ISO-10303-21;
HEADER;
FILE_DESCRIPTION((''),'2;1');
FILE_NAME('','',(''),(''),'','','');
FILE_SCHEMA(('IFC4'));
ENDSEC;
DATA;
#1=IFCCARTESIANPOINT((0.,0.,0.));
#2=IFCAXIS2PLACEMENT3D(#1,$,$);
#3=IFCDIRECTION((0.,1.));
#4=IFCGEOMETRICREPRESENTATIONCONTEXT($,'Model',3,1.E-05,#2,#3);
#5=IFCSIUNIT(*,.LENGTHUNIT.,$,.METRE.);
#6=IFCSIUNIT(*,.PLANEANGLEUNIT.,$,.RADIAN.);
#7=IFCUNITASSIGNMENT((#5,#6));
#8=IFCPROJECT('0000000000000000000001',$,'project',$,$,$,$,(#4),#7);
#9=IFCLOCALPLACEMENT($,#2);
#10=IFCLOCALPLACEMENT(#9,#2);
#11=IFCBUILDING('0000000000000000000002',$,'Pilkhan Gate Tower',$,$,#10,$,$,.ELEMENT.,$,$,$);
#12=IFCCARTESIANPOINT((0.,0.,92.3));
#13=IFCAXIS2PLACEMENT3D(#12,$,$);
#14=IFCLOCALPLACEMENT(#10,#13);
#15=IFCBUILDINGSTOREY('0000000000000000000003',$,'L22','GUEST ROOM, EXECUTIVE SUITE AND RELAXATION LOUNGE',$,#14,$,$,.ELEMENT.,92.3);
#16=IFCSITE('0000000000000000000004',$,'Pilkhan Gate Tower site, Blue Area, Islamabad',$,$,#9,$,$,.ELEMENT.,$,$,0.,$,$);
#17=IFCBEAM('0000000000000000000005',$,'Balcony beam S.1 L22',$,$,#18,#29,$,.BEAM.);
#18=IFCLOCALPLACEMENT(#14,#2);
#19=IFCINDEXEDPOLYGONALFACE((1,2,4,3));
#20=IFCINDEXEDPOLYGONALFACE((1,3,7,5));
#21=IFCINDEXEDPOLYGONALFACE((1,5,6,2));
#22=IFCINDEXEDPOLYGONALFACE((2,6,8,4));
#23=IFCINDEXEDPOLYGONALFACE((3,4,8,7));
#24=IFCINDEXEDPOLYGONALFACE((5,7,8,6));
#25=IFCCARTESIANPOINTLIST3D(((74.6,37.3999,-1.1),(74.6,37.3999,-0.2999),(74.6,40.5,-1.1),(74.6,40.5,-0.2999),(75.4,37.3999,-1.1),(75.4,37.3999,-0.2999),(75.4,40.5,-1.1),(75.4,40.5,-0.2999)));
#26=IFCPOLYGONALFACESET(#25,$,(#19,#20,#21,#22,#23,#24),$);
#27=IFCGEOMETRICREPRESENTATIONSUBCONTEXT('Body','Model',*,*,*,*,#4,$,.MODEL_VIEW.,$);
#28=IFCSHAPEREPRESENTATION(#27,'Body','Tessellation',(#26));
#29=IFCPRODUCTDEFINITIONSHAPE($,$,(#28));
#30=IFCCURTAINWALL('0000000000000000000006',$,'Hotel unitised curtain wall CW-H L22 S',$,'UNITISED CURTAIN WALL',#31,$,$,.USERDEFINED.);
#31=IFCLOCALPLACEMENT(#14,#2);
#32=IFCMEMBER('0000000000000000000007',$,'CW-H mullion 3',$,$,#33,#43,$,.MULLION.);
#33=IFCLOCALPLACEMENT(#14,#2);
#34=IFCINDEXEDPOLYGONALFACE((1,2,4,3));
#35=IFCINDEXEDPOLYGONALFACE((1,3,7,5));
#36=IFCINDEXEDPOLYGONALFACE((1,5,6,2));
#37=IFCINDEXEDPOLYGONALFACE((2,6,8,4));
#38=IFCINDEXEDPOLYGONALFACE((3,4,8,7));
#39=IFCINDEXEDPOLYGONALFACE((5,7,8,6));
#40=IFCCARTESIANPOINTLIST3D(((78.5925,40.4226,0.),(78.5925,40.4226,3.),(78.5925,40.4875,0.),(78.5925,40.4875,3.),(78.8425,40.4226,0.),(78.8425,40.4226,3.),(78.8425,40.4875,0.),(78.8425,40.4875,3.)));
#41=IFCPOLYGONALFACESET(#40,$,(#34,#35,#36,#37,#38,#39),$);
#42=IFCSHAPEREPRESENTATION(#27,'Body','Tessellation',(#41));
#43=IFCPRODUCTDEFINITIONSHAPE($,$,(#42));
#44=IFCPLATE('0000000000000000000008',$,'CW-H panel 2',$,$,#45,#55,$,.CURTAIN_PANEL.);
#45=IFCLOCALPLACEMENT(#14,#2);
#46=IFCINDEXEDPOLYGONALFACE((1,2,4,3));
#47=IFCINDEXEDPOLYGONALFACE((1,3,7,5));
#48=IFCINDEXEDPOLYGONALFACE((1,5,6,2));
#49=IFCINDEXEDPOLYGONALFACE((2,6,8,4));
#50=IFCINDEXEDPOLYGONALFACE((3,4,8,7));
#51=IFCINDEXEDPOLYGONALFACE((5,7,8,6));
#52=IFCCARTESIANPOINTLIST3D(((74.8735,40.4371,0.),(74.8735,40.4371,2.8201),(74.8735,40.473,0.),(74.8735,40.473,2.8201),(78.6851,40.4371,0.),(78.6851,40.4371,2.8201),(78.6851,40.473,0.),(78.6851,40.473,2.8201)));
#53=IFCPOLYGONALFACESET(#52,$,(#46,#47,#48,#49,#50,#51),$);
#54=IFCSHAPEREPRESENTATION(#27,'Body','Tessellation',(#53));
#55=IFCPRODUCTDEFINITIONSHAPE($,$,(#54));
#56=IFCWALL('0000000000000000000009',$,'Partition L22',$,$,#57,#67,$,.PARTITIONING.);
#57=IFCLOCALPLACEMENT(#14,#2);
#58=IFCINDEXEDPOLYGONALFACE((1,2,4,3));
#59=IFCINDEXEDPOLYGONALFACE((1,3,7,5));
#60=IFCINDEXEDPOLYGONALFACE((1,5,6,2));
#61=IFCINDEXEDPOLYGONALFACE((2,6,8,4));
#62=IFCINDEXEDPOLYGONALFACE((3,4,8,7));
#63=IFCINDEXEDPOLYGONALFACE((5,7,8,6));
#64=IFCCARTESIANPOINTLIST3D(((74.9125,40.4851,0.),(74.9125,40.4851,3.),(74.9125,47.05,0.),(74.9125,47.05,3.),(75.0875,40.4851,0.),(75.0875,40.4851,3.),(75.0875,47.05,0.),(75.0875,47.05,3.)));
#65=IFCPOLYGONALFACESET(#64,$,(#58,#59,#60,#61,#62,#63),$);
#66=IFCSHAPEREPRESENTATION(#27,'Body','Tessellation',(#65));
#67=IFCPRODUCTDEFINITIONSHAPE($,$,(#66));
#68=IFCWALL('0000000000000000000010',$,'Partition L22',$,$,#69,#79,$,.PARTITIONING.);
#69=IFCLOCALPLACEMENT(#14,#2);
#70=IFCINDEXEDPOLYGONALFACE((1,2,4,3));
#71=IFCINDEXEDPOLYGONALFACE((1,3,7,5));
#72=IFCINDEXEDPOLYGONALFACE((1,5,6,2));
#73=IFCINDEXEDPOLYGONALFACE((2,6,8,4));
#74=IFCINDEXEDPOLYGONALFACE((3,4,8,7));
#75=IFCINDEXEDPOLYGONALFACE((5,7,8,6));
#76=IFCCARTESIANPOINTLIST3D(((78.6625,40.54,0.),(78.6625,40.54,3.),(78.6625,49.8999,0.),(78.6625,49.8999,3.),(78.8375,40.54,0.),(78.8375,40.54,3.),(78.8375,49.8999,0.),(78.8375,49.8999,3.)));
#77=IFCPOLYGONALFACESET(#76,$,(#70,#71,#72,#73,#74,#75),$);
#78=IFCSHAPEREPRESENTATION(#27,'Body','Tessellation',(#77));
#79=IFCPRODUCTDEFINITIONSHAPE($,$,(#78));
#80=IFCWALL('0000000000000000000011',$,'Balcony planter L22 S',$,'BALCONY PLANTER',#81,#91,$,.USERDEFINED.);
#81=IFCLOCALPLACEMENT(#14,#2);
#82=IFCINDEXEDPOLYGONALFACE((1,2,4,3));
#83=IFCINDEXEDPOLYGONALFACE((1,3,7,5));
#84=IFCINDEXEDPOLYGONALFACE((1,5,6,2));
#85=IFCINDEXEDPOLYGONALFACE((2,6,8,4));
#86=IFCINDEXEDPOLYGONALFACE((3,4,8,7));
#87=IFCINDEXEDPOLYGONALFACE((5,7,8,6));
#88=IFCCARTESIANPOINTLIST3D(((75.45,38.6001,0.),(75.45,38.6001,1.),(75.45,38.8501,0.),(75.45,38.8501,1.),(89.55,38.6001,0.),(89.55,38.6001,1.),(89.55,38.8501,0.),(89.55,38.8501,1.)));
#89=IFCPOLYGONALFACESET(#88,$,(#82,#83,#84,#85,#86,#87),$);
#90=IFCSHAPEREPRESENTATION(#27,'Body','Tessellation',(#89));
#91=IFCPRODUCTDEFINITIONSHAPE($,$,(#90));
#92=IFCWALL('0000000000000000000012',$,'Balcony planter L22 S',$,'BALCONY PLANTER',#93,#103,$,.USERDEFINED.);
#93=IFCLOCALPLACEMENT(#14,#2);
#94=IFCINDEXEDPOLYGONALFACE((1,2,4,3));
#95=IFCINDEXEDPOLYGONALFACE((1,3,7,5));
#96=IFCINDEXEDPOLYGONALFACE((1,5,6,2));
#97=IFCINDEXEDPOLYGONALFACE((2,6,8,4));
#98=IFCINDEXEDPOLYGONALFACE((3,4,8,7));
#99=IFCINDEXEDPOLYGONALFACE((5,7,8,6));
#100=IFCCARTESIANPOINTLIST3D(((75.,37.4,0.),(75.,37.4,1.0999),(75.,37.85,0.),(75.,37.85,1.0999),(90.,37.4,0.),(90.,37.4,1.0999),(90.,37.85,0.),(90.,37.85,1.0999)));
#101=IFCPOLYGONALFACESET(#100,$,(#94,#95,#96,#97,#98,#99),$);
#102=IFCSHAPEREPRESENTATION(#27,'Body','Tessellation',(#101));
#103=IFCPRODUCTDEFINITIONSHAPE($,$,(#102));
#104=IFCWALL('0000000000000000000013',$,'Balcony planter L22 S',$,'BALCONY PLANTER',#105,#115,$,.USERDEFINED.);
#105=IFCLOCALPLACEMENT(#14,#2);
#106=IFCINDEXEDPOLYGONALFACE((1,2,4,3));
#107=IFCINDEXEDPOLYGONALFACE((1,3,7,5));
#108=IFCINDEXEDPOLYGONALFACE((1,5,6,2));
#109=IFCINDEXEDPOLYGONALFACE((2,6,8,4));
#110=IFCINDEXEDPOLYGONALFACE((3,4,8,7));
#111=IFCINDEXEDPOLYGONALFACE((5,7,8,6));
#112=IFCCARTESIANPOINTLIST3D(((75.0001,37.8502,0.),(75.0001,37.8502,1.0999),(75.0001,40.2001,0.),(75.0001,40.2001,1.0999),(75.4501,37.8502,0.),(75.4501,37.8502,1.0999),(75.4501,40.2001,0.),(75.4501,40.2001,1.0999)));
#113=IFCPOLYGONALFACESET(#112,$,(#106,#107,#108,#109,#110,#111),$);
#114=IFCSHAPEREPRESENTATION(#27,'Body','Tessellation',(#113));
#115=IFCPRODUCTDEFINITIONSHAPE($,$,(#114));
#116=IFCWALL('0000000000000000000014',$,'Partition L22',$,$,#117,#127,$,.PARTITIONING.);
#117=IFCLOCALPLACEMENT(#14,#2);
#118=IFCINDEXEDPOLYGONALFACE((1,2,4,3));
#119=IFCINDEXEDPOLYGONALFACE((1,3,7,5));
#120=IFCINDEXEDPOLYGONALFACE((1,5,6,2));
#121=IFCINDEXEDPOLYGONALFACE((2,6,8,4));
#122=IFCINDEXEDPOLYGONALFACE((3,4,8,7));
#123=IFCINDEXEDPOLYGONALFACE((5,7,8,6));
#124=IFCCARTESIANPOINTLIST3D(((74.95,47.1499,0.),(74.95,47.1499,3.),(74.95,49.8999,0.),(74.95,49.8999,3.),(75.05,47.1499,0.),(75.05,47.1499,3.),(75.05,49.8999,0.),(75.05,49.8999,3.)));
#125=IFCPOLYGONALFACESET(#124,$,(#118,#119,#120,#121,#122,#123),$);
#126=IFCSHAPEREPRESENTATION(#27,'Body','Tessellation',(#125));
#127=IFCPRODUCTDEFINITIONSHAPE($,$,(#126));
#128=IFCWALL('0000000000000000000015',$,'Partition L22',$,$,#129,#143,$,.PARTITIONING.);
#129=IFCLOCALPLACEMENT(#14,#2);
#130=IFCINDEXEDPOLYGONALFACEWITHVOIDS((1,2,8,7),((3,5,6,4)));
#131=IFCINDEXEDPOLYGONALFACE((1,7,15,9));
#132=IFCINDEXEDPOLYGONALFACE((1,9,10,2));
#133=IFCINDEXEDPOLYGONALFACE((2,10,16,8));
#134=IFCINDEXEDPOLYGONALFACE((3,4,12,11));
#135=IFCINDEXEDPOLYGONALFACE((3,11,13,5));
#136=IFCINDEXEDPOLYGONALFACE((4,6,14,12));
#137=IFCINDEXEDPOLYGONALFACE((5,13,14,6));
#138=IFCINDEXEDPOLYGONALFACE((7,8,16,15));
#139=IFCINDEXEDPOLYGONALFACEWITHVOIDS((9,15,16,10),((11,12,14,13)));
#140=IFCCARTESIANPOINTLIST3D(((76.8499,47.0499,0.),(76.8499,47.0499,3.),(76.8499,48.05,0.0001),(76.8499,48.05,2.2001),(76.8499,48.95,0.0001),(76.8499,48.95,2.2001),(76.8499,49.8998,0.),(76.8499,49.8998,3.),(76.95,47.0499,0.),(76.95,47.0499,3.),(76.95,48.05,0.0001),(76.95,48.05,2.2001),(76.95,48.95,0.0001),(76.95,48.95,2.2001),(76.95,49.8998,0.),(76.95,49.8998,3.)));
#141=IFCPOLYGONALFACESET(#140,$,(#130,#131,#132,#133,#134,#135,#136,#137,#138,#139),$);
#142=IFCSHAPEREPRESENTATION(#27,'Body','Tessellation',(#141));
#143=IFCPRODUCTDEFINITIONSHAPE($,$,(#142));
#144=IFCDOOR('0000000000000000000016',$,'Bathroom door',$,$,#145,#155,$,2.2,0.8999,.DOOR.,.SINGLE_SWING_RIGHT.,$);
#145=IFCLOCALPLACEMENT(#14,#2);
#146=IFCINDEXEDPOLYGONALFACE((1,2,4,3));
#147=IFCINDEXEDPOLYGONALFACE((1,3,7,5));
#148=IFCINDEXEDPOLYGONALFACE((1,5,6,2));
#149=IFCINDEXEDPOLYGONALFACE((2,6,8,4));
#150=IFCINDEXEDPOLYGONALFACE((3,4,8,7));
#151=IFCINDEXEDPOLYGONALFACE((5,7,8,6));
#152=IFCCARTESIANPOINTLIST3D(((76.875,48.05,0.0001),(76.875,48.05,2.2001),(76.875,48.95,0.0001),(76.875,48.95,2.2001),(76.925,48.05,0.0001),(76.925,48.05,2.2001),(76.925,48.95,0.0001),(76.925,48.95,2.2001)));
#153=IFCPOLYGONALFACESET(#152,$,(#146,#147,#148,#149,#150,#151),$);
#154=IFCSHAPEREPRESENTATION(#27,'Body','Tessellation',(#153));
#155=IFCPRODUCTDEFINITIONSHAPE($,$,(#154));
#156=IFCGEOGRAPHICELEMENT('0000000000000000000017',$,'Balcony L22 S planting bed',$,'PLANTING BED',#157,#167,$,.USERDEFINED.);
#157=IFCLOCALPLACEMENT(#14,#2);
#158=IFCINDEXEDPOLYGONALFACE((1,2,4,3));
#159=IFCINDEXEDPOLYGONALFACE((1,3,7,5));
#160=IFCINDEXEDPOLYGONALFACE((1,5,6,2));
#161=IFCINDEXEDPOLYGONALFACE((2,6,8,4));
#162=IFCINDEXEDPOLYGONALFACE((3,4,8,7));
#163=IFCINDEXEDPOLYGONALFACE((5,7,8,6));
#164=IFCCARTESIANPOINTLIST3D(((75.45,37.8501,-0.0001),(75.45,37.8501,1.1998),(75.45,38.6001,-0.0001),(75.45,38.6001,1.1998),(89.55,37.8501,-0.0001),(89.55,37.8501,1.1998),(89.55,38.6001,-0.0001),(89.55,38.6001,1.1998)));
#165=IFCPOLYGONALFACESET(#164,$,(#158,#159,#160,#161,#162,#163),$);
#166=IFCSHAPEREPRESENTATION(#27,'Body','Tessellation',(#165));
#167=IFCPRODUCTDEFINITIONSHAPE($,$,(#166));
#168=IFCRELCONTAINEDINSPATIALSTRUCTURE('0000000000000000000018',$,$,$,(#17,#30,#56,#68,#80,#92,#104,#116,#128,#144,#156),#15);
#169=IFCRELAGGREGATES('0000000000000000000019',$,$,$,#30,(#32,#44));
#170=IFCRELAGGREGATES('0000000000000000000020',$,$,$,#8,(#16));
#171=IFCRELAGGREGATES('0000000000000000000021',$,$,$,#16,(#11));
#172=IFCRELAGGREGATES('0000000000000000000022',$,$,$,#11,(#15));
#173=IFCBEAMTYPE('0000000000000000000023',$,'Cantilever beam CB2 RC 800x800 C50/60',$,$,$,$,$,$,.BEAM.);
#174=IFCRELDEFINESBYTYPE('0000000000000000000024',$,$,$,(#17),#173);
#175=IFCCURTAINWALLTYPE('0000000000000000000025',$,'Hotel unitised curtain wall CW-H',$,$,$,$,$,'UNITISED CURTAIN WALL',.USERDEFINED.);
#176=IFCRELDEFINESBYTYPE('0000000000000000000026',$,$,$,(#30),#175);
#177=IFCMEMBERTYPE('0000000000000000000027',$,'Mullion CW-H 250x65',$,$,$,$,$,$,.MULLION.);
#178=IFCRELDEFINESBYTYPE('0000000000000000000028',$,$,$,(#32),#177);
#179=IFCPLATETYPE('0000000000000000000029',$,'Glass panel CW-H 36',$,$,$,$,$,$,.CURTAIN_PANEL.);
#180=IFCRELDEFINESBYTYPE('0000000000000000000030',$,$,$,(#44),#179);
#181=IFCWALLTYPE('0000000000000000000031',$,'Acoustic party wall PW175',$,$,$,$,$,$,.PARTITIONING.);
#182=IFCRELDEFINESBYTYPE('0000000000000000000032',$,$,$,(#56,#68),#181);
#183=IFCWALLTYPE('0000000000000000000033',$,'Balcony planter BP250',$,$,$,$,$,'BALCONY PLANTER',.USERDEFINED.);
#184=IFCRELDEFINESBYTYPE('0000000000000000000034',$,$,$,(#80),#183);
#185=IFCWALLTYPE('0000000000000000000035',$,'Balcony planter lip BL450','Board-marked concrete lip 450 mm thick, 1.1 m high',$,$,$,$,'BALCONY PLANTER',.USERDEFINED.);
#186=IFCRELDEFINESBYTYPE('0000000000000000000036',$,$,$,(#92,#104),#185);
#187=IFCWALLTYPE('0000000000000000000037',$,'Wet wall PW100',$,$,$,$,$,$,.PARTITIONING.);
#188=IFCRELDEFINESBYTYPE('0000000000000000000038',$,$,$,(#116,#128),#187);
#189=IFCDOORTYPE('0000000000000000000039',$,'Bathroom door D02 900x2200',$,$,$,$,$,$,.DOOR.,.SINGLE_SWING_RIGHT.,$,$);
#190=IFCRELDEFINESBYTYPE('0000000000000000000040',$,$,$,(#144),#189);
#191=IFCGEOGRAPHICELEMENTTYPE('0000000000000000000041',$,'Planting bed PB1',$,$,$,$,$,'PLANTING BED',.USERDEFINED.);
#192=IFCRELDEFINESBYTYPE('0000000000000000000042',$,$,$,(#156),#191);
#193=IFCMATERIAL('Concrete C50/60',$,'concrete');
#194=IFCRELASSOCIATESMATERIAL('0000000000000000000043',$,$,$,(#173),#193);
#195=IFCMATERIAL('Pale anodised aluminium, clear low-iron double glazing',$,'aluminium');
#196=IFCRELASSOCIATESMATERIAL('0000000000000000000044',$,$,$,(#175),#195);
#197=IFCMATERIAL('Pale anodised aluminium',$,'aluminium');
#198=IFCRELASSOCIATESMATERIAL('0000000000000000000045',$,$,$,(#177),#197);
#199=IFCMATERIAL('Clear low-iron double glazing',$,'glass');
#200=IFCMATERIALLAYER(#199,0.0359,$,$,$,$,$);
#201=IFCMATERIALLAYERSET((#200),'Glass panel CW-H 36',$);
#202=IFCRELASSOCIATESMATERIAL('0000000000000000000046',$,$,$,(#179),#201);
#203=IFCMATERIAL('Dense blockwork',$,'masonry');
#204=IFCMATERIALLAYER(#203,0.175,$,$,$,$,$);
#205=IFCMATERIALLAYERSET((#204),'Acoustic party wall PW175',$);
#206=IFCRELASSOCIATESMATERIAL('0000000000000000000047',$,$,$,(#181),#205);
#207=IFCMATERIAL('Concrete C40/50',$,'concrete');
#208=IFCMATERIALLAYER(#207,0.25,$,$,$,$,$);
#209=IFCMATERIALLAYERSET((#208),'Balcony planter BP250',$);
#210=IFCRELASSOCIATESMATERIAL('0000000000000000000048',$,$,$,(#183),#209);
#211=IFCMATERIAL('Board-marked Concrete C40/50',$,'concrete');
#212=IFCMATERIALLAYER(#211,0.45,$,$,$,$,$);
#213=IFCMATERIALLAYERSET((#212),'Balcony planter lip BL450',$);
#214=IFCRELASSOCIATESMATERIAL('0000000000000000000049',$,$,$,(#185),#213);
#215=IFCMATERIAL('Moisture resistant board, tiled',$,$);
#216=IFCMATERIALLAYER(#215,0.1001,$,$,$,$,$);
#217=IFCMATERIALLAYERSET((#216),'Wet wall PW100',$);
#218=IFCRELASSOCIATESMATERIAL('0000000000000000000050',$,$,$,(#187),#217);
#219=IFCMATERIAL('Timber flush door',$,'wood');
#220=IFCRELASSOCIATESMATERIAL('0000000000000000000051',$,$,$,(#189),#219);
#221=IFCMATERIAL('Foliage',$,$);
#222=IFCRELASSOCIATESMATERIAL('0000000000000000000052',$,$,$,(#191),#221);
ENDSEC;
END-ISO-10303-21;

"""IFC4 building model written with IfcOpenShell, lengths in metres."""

from ifc_helpers import new_model, si_unit, direction, frame, frame_2d, origin, origin_2d, place, context, subcontext, project, spatial, rectangle, extrude, material, layer, layer_set, material_profile, profile_set, type_object, element, fill, aggregate, save


model = new_model("IFC4")

# Units and contexts
model_context = context("Model", 3, precision=1e-05, world=origin(), true_north=direction((0.0, 1.0)))
body_context = subcontext(model_context, "Body", "Model", "MODEL_VIEW")
ifc_project = project(units=[si_unit("LENGTHUNIT", "METRE"), si_unit("PLANEANGLEUNIT", "RADIAN")], contexts=[model_context])

# Site, building, storey
site_placement = place(None, origin())
site = spatial("IfcSite", under=ifc_project, at=site_placement, Name="Pilkhan Gate Tower site, Blue Area, Islamabad", CompositionType="ELEMENT", RefElevation=0.0)
building_placement = place(site_placement, origin())
building = spatial("IfcBuilding", under=site, at=building_placement, Name="Pilkhan Gate Tower", CompositionType="ELEMENT")
storey_placement = place(building_placement, frame((0.0, 0.0, 92.3)))
storey = spatial("IfcBuildingStorey", under=building, at=storey_placement, Name="L22", Description="GUEST ROOM, EXECUTIVE SUITE AND RELAXATION LOUNGE", CompositionType="ELEMENT", Elevation=92.3)

# Beam
ifc_material_1 = material(Name="Concrete C50/60", Category="concrete")
ifc_material_profile_1 = material_profile(ifc_material_1, rectangle(XDim=0.8, YDim=0.8, at=origin_2d()), Name="RC 800x800")
ifc_profile_set_1 = profile_set([ifc_material_profile_1], Name="Concrete C50/60")
beam_type = type_object("IfcBeamType", Name="Cantilever beam CB2 RC 800x800 C50/60", PredefinedType="BEAM", material=ifc_profile_set_1)
beam_placement = place(storey_placement, frame((75.0, 40.5, -0.7), z_axis=(0.0, -1.0, 0.0), x_axis=(1.0, 0.0, 0.0)))
element("IfcBeam", 1, at=beam_placement, inside=storey, type_object=beam_type, Name="Balcony beam S.1 L22", PredefinedType="BEAM", context=body_context, shape_type="SweptSolid", body=[
    extrude(rectangle(XDim=0.8, YDim=0.8, at=origin_2d()), origin(), (0.0, 0.0, 1.0), 3.1001),
])

# Curtain wall, member, plate
ifc_material_2 = material(Name="Pale anodised aluminium, clear low-iron double glazing", Category="aluminium")
curtain_wall_type = type_object("IfcCurtainWallType", Name="Hotel unitised curtain wall CW-H", ElementType="UNITISED CURTAIN WALL", PredefinedType="USERDEFINED", material=ifc_material_2)
curtain_wall_placement = place(storey_placement, origin())
curtain_wall = element("IfcCurtainWall", 2, at=curtain_wall_placement, inside=storey, type_object=curtain_wall_type, Name="Hotel unitised curtain wall CW-H L22 S", ObjectType="UNITISED CURTAIN WALL", PredefinedType="USERDEFINED")
ifc_material_3 = material(Name="Pale anodised aluminium", Category="aluminium")
ifc_material_profile_2 = material_profile(ifc_material_3, rectangle(XDim=0.0649, YDim=0.25, at=origin_2d()), Name="Mullion 250x65")
ifc_profile_set_2 = profile_set([ifc_material_profile_2], Name="Pale anodised aluminium")
member_type = type_object("IfcMemberType", Name="Mullion CW-H 250x65", PredefinedType="MULLION", material=ifc_profile_set_2)
member_placement = place(storey_placement, frame((78.7175, 40.4551, 0.0), z_axis=(0.0, 0.0, 1.0), x_axis=(0.0, 1.0, 0.0)))
member = element("IfcMember", 3, at=member_placement, type_object=member_type, Name="CW-H mullion 3", PredefinedType="MULLION", context=body_context, shape_type="SweptSolid", body=[
    extrude(rectangle(XDim=0.0649, YDim=0.25, at=origin_2d()), origin(), (0.0, 0.0, 1.0), 3.0),
])
ifc_material_4 = material(Name="Clear low-iron double glazing", Category="glass")
ifc_layer_1 = layer(ifc_material_4, 0.0359)
ifc_layer_set_1 = layer_set([ifc_layer_1], Name="Glass panel CW-H 36")
plate_type = type_object("IfcPlateType", Name="Glass panel CW-H 36", PredefinedType="CURTAIN_PANEL", material=ifc_layer_set_1)
plate_placement = place(storey_placement, frame((76.7793, 40.4551, 0.0), z_axis=(0.0, 0.0, 1.0), x_axis=(1.0, 0.0, 0.0)))
plate = element("IfcPlate", 4, at=plate_placement, type_object=plate_type, Name="CW-H panel 2", PredefinedType="CURTAIN_PANEL", context=body_context, shape_type="SweptSolid", body=[
    extrude(rectangle(XDim=3.8115, YDim=0.0359, at=origin_2d()), origin(), (0.0, 0.0, 1.0), 2.8201),
])
aggregate(curtain_wall, [member, plate])

# Walls
ifc_material_5 = material(Name="Dense blockwork", Category="masonry")
ifc_layer_2 = layer(ifc_material_5, 0.175)
ifc_layer_set_2 = layer_set([ifc_layer_2], Name="Acoustic party wall PW175")
wall_type_1 = type_object("IfcWallType", Name="Acoustic party wall PW175", PredefinedType="PARTITIONING", material=ifc_layer_set_2)
wall_1_placement = place(storey_placement, frame((75.0, 40.4851, 0.0), z_axis=(0.0, 0.0, 1.0), x_axis=(0.0, 1.0, 0.0)))
element("IfcWall", 5, at=wall_1_placement, inside=storey, type_object=wall_type_1, Name="Partition L22", PredefinedType="PARTITIONING", context=body_context, shape_type="SweptSolid", body=[
    extrude(rectangle(XDim=6.5649, YDim=0.175, at=frame_2d((3.2825, 0.0))), origin(), (0.0, 0.0, 1.0), 3.0),
])
wall_2_placement = place(storey_placement, frame((78.75, 40.54, 0.0), z_axis=(0.0, 0.0, 1.0), x_axis=(0.0, 1.0, 0.0)))
element("IfcWall", 6, at=wall_2_placement, inside=storey, type_object=wall_type_1, Name="Partition L22", PredefinedType="PARTITIONING", context=body_context, shape_type="SweptSolid", body=[
    extrude(rectangle(XDim=9.3599, YDim=0.175, at=frame_2d((4.6799, 0.0))), origin(), (0.0, 0.0, 1.0), 3.0),
])
ifc_material_6 = material(Name="Concrete C40/50", Category="concrete")
ifc_layer_3 = layer(ifc_material_6, 0.25)
ifc_layer_set_3 = layer_set([ifc_layer_3], Name="Balcony planter BP250")
wall_type_2 = type_object("IfcWallType", Name="Balcony planter BP250", ElementType="BALCONY PLANTER", PredefinedType="USERDEFINED", material=ifc_layer_set_3)
wall_3_placement = place(storey_placement, frame((75.45, 38.7251, 0.0), z_axis=(0.0, 0.0, 1.0), x_axis=(1.0, 0.0, 0.0)))
element("IfcWall", 7, at=wall_3_placement, inside=storey, type_object=wall_type_2, Name="Balcony planter L22 S", ObjectType="BALCONY PLANTER", PredefinedType="USERDEFINED", context=body_context, shape_type="SweptSolid", body=[
    extrude(rectangle(XDim=14.1001, YDim=0.25, at=frame_2d((7.05, 0.0))), origin(), (0.0, 0.0, 1.0), 1.0),
])
ifc_material_7 = material(Name="Board-marked Concrete C40/50", Category="concrete")
ifc_layer_4 = layer(ifc_material_7, 0.45)
ifc_layer_set_4 = layer_set([ifc_layer_4], Name="Balcony planter lip BL450")
wall_type_3 = type_object("IfcWallType", Name="Balcony planter lip BL450", Description="Board-marked concrete lip 450 mm thick, 1.1 m high", ElementType="BALCONY PLANTER", PredefinedType="USERDEFINED", material=ifc_layer_set_4)
wall_4_placement = place(storey_placement, frame((75.0, 37.625, 0.0), z_axis=(0.0, 0.0, 1.0), x_axis=(1.0, 0.0, 0.0)))
element("IfcWall", 8, at=wall_4_placement, inside=storey, type_object=wall_type_3, Name="Balcony planter L22 S", ObjectType="BALCONY PLANTER", PredefinedType="USERDEFINED", context=body_context, shape_type="SweptSolid", body=[
    extrude(rectangle(XDim=15.0, YDim=0.45, at=frame_2d((7.5, 0.0))), origin(), (0.0, 0.0, 1.0), 1.0999),
])
wall_5_placement = place(storey_placement, frame((75.2251, 40.2, 0.0), z_axis=(0.0, 0.0, 1.0), x_axis=(0.0, -1.0, 0.0)))
element("IfcWall", 9, at=wall_5_placement, inside=storey, type_object=wall_type_3, Name="Balcony planter L22 S", ObjectType="BALCONY PLANTER", PredefinedType="USERDEFINED", context=body_context, shape_type="SweptSolid", body=[
    extrude(rectangle(XDim=2.3499, YDim=0.45, at=frame_2d((1.1748, 0.0))), origin(), (0.0, 0.0, 1.0), 1.0999),
])

# Wall
ifc_material_8 = material(Name="Moisture resistant board, tiled")
ifc_layer_5 = layer(ifc_material_8, 0.1001)
ifc_layer_set_5 = layer_set([ifc_layer_5], Name="Wet wall PW100")
wall_type_4 = type_object("IfcWallType", Name="Wet wall PW100", PredefinedType="PARTITIONING", material=ifc_layer_set_5)
wall_6_placement = place(storey_placement, frame((75.0, 47.1499, 0.0), z_axis=(0.0, 0.0, 1.0), x_axis=(0.0, 1.0, 0.0)))
element("IfcWall", 10, at=wall_6_placement, inside=storey, type_object=wall_type_4, Name="Partition L22", PredefinedType="PARTITIONING", context=body_context, shape_type="SweptSolid", body=[
    extrude(rectangle(XDim=2.75, YDim=0.1001, at=frame_2d((1.375, 0.0))), origin(), (0.0, 0.0, 1.0), 3.0),
])

# Wall, opening, door
wall_7_placement = place(storey_placement, frame((76.8999, 47.05, 0.0), z_axis=(0.0, 0.0, 1.0), x_axis=(0.0, 1.0, 0.0)))
wall_7 = element("IfcWall", 11, at=wall_7_placement, inside=storey, type_object=wall_type_4, Name="Partition L22", PredefinedType="PARTITIONING", context=body_context, shape_type="SweptSolid", body=[
    extrude(rectangle(XDim=2.8499, YDim=0.1001, at=frame_2d((1.4248, 0.0))), origin(), (0.0, 0.0, 1.0), 3.0),
])
opening_1_placement = place(wall_7_placement, frame((1.0, 0.0, 0.0)))
opening_1 = element("IfcOpeningElement", 12, at=opening_1_placement, cuts=wall_7, PredefinedType="OPENING", context=body_context, shape_type="SweptSolid", body=[
    extrude(rectangle(XDim=0.8999, YDim=2.2, at=frame_2d((0.45, 1.1001))), frame((0.0, 0.0601, 0.0), z_axis=(0.0, -1.0, 0.0), x_axis=(1.0, 0.0, 0.0)), (0.0, 0.0, 1.0), 0.1201),
])
ifc_material_9 = material(Name="Timber flush door", Category="wood")
door_type_1 = type_object("IfcDoorType", Name="Bathroom door D02 900x2200", OperationType="SINGLE_SWING_RIGHT", PredefinedType="DOOR", material=ifc_material_9)
door_1_placement = place(opening_1_placement, origin())
door_1 = element("IfcDoor", 13, at=door_1_placement, inside=storey, type_object=door_type_1, Name="Bathroom door", OperationType="SINGLE_SWING_RIGHT", OverallHeight=2.2, OverallWidth=0.8999, PredefinedType="DOOR", context=body_context, shape_type="SweptSolid", body=[
    extrude(rectangle(XDim=0.8999, YDim=2.2, at=frame_2d((0.45, 1.1001))), frame((0.0, 0.0249, 0.0), z_axis=(0.0, -1.0, 0.0), x_axis=(1.0, 0.0, 0.0)), (0.0, 0.0, 1.0), 0.05),
])
fill(opening_1, door_1)

# Geographic element
ifc_material_10 = material(Name="Foliage")
ifc_material_profile_3 = material_profile(ifc_material_10, rectangle(XDim=0.75, YDim=1.2, at=origin_2d()), Name="Bed 750x1200")
ifc_profile_set_3 = profile_set([ifc_material_profile_3], Name="Foliage")
geographic_element_type_1 = type_object("IfcGeographicElementType", Name="Planting bed PB1", ElementType="PLANTING BED", PredefinedType="USERDEFINED", material=ifc_profile_set_3)
geographic_element_1_placement = place(storey_placement, frame((75.45, 38.2251, 0.5999), z_axis=(1.0, 0.0, 0.0), x_axis=(0.0, 1.0, 0.0)))
element("IfcGeographicElement", 14, at=geographic_element_1_placement, inside=storey, type_object=geographic_element_type_1, Name="Balcony L22 S planting bed", ObjectType="PLANTING BED", PredefinedType="USERDEFINED", context=body_context, shape_type="SweptSolid", body=[
    extrude(rectangle(XDim=0.75, YDim=1.2, at=origin_2d()), origin(), (0.0, 0.0, 1.0), 14.1001),
])

save(model, "model.ifc")
